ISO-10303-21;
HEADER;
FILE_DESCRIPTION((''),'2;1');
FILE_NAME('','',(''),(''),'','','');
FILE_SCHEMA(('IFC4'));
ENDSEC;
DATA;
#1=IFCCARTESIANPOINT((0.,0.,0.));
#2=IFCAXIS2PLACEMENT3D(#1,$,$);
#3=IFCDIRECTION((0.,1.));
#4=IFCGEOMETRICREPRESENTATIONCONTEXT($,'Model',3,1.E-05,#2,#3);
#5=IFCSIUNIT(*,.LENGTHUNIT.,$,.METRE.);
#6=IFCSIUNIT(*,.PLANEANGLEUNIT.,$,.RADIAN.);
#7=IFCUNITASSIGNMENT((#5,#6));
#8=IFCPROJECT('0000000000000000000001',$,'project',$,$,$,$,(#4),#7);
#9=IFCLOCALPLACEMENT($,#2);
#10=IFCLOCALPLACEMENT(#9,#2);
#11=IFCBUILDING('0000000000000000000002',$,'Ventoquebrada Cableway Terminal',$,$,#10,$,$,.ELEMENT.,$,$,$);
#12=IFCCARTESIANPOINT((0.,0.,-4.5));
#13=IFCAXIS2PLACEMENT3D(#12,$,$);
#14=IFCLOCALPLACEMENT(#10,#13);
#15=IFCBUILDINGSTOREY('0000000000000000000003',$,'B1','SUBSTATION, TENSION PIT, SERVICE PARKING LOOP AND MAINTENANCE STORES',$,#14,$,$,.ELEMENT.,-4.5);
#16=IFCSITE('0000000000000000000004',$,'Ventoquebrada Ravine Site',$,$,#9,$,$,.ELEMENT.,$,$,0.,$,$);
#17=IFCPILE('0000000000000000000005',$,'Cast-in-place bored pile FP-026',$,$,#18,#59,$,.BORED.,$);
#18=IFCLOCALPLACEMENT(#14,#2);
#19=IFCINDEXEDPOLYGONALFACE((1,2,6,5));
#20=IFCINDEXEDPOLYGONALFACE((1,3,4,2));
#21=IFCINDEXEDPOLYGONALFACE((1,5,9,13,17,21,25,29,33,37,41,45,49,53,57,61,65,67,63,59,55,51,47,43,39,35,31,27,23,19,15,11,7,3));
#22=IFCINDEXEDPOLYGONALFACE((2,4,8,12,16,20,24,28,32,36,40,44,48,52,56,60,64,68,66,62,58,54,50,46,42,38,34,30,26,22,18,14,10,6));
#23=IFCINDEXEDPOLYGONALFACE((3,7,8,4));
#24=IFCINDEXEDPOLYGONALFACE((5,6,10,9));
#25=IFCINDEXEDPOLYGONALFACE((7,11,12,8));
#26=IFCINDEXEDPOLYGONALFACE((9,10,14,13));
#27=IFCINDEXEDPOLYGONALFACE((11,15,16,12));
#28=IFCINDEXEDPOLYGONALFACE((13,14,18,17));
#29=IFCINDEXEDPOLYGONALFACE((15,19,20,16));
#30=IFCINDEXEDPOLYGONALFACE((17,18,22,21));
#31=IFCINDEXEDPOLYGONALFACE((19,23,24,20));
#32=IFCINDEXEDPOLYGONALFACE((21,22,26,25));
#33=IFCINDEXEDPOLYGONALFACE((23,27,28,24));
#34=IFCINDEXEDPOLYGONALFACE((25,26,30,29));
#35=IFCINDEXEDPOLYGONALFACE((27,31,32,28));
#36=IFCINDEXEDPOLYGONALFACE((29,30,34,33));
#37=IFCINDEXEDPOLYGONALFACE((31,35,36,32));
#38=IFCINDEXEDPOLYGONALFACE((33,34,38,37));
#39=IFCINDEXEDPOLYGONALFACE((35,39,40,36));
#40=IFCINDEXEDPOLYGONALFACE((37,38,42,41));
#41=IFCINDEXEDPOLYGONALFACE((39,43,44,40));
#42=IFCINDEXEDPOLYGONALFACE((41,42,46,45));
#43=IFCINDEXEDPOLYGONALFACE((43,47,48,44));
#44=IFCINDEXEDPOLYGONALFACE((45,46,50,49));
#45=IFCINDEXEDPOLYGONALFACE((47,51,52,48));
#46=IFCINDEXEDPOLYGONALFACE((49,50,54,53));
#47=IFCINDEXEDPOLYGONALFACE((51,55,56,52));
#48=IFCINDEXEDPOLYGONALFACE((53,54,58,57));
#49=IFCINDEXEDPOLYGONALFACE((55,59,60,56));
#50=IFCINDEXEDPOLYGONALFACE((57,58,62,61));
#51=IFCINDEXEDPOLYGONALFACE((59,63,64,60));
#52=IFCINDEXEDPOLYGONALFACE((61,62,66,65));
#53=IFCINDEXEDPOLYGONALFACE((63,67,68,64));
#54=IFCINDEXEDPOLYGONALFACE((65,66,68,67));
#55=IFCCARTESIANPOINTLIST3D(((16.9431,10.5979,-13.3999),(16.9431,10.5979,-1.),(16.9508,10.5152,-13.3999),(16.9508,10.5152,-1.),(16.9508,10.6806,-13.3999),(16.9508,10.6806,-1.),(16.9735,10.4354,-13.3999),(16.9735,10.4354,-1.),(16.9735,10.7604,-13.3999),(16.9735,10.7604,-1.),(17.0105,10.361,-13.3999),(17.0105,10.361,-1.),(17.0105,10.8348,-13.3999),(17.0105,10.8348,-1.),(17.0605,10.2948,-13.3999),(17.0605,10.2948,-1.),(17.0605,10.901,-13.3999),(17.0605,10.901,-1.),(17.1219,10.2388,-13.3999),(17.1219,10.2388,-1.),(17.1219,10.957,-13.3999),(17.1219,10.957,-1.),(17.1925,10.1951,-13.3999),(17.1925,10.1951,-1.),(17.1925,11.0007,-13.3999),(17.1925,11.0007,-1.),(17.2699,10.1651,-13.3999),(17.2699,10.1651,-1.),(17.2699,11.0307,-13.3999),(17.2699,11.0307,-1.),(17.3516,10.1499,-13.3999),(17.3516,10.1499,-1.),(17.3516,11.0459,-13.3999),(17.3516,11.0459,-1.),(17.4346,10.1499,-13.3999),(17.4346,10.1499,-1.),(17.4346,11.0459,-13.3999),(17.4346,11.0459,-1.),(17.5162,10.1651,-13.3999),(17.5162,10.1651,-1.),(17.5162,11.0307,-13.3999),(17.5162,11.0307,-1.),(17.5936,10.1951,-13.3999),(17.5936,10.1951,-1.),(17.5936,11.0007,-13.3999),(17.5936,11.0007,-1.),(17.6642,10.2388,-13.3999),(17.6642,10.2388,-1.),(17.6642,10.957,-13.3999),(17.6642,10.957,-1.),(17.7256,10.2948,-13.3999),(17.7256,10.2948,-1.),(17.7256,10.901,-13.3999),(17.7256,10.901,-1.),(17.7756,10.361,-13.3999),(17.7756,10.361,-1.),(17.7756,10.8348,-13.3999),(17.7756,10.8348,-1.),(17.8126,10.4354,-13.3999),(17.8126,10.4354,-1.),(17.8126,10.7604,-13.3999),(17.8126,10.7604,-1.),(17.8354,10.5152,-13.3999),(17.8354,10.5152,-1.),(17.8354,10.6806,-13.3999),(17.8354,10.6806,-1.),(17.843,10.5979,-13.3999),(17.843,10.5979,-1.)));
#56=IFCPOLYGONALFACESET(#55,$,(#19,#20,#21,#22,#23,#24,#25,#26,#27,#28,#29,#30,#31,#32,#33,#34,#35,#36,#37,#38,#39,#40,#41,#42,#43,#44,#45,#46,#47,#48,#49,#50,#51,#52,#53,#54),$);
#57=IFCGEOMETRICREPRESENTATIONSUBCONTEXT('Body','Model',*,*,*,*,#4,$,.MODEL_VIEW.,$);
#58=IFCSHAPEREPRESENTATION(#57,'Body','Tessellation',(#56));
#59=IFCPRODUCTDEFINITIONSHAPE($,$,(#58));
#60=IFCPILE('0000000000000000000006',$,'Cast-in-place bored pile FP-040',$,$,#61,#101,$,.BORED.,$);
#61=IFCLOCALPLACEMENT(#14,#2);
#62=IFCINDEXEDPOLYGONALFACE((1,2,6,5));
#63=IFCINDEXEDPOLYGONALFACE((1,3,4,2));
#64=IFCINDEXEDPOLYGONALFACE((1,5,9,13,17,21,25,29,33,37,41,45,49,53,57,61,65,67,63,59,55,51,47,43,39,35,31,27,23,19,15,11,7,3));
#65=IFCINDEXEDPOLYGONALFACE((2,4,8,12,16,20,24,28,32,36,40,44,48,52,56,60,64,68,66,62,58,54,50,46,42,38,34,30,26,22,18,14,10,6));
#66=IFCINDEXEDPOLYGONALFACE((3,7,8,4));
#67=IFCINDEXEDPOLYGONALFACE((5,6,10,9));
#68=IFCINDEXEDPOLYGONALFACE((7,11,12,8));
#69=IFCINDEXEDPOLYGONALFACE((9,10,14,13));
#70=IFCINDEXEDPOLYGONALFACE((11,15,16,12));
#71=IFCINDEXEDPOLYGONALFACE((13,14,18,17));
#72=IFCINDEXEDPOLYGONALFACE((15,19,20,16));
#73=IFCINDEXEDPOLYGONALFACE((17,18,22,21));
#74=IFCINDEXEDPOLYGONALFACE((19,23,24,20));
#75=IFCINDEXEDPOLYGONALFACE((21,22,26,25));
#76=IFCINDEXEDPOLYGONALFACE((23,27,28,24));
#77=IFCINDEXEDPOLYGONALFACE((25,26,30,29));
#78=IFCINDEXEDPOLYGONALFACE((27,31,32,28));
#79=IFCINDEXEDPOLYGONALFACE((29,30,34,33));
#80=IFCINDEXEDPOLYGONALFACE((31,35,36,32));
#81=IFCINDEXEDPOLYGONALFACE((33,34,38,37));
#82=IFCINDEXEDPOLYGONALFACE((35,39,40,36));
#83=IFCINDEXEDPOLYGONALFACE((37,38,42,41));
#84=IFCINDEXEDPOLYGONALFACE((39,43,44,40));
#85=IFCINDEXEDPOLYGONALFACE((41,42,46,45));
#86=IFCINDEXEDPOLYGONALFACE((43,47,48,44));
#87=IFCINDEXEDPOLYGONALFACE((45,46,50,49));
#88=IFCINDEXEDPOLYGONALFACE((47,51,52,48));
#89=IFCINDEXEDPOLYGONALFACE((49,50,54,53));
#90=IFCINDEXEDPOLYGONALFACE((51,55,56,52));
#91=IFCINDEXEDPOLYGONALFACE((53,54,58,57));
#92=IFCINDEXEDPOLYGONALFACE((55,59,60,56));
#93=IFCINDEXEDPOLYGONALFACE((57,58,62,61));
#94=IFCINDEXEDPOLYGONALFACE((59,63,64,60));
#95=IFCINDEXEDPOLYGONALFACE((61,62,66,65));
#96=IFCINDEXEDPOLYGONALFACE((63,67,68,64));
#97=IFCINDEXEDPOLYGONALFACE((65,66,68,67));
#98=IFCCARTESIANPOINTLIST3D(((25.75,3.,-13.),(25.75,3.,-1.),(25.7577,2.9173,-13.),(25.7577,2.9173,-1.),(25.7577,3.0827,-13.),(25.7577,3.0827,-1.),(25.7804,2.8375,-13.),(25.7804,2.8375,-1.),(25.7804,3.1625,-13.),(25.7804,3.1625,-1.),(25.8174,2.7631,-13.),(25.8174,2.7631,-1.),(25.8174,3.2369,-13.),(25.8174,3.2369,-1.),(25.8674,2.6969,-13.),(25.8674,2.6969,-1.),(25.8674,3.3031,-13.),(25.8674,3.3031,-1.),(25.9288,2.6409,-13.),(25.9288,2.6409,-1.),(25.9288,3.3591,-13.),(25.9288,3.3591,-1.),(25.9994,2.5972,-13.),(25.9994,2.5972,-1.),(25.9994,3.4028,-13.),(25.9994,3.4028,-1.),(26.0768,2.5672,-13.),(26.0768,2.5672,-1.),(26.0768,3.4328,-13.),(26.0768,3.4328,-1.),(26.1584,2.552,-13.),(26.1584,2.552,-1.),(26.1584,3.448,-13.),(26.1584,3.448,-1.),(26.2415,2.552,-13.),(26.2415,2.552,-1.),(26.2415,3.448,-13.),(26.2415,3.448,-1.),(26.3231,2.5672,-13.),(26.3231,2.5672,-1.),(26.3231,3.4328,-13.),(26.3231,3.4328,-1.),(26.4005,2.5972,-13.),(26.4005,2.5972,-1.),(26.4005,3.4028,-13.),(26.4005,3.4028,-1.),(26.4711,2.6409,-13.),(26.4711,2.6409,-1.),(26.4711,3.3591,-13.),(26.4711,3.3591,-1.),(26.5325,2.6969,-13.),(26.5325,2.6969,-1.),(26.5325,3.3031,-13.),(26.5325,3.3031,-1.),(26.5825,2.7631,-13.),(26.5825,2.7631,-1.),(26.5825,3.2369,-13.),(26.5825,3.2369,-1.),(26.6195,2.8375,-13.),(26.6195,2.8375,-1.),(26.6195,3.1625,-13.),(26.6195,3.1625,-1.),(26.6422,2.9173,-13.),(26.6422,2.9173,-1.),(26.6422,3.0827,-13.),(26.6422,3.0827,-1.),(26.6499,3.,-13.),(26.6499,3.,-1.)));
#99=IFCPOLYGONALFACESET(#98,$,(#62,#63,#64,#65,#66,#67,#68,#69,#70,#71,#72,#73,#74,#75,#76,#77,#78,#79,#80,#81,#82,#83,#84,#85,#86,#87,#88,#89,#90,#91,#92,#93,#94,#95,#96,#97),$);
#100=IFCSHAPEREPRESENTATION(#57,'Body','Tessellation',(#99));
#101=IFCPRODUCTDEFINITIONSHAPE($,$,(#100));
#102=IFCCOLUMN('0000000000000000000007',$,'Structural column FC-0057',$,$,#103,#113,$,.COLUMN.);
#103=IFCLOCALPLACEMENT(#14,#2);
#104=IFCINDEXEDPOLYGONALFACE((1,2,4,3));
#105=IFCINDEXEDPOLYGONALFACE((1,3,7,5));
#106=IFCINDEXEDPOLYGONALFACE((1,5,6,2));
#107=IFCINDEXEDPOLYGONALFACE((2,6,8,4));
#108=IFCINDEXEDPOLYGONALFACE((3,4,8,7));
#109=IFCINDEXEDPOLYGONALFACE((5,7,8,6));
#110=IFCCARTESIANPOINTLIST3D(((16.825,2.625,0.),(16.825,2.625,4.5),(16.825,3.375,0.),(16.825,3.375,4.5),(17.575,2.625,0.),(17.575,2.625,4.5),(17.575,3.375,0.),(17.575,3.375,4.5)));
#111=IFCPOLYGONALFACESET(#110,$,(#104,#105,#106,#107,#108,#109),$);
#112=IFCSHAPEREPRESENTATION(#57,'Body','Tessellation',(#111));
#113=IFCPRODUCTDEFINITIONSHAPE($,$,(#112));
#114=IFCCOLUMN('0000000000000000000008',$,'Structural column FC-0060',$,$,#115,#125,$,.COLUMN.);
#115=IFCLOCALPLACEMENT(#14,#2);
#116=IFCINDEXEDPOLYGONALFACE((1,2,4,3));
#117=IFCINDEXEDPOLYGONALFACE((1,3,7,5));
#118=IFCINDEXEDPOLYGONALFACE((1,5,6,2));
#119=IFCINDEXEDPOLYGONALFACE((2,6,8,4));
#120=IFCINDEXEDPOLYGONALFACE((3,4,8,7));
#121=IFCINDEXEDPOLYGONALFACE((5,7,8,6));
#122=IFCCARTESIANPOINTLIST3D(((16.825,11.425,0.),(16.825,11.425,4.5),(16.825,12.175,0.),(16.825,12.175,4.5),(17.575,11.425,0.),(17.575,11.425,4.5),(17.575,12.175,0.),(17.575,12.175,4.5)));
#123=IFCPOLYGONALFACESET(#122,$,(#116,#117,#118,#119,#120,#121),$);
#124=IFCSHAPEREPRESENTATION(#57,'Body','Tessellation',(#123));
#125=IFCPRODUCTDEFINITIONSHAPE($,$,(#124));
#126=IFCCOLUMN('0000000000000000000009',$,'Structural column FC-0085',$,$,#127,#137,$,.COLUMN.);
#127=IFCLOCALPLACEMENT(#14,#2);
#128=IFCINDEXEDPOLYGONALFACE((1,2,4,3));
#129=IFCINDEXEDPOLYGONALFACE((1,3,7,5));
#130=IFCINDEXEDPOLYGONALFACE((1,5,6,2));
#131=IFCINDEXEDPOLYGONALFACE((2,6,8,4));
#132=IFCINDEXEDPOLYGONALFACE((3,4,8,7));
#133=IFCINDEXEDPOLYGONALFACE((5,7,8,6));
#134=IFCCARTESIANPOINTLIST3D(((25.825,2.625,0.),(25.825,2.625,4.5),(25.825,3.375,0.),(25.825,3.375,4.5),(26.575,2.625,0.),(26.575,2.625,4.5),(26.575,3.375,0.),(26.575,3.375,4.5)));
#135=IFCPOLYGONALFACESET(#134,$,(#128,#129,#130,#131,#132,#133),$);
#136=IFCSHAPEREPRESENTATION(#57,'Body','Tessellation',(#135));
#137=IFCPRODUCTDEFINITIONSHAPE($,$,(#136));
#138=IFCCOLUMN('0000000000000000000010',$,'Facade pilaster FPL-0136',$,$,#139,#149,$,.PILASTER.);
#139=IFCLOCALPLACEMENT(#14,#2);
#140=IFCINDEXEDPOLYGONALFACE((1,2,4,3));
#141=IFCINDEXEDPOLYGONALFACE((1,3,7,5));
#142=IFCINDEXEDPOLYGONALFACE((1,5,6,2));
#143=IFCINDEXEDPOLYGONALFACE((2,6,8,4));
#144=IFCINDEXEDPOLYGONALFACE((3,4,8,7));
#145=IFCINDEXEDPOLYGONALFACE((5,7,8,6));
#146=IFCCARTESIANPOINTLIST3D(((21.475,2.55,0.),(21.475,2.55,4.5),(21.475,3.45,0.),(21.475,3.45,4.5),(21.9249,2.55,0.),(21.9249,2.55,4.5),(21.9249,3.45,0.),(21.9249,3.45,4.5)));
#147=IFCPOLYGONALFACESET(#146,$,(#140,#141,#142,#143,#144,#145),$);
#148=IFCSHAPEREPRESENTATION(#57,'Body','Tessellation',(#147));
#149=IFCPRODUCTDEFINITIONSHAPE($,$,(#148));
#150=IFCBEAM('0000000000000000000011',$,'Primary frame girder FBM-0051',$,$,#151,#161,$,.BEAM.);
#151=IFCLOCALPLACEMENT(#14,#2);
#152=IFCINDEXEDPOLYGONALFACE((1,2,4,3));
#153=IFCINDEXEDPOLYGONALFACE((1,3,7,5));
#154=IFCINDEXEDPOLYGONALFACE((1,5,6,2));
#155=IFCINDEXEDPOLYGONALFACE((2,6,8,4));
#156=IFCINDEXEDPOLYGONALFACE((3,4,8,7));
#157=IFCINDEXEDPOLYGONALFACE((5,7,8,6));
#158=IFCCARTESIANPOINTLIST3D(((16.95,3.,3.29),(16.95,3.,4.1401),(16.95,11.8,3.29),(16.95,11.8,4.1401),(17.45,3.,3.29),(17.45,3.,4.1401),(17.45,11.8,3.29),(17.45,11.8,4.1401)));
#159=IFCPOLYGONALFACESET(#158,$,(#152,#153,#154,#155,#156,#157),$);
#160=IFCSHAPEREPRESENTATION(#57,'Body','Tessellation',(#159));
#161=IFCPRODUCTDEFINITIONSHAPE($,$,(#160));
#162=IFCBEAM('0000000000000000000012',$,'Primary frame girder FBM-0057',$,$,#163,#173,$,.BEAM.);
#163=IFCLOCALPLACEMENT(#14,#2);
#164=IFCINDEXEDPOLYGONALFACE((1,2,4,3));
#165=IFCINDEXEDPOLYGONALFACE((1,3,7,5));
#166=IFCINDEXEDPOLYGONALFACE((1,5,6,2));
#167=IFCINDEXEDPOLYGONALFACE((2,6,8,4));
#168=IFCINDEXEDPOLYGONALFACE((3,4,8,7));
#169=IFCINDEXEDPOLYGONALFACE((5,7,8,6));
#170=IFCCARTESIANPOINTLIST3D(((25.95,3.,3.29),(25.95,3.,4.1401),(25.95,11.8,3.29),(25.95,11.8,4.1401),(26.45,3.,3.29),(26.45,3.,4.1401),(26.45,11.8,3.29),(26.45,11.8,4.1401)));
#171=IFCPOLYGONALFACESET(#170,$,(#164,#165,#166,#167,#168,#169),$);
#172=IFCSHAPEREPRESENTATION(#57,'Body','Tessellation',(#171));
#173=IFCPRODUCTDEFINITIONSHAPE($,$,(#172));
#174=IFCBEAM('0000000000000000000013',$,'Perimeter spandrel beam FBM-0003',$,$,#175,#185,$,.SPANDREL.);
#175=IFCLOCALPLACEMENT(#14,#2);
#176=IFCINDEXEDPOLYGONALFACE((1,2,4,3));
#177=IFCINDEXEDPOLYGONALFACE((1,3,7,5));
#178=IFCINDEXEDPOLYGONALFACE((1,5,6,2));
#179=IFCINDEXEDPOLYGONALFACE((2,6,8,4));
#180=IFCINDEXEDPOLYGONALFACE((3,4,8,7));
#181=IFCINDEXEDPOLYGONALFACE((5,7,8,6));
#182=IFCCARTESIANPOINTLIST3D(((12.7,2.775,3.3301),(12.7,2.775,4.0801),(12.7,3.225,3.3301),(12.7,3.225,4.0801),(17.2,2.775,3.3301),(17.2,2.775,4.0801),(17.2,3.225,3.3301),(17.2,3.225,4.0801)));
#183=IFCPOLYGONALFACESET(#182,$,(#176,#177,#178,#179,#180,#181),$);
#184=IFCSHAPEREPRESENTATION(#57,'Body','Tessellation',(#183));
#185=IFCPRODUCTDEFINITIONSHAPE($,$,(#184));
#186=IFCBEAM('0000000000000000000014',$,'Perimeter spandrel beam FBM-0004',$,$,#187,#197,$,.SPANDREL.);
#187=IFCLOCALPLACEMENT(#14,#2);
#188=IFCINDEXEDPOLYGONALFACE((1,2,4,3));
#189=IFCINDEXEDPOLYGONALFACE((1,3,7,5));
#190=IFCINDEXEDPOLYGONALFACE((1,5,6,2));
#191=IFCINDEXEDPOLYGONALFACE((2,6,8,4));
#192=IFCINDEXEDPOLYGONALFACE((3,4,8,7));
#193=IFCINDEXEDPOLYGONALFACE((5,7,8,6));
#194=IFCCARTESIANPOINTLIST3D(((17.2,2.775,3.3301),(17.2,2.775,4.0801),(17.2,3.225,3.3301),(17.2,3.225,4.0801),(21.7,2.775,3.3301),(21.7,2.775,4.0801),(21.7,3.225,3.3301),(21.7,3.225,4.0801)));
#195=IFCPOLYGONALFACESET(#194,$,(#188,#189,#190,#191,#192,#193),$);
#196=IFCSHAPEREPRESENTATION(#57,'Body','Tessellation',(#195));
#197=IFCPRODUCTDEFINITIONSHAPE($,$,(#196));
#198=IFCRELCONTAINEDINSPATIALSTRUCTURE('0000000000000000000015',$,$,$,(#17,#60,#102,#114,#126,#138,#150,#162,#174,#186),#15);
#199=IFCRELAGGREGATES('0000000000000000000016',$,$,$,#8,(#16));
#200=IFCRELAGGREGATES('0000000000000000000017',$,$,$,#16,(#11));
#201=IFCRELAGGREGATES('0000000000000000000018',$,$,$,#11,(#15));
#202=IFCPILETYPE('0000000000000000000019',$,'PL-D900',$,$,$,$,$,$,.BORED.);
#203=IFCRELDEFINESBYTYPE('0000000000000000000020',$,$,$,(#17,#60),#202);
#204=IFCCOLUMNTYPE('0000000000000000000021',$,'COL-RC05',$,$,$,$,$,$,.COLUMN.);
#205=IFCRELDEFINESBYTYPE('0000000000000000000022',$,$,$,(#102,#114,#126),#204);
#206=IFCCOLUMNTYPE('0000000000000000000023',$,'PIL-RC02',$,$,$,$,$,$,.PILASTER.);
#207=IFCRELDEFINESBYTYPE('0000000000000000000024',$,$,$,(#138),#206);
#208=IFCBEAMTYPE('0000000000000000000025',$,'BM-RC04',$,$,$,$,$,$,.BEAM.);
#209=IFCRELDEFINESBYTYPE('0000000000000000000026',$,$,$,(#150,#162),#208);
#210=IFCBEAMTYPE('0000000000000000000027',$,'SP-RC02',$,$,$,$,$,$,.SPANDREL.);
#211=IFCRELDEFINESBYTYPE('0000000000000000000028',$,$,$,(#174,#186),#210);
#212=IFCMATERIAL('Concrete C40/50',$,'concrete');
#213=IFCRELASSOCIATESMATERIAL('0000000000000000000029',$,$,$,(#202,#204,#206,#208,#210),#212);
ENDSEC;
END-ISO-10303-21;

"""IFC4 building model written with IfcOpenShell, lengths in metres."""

from ifc_helpers import new_model, si_unit, direction, frame, origin, origin_2d, place, context, subcontext, project, spatial, rectangle, circle, extrude, material, material_profile, profile_set, type_object, element, save


model = new_model("IFC4")

# Units and contexts
model_context = context("Model", 3, precision=1e-05, world=origin(), true_north=direction((0.0, 1.0)))
body_context = subcontext(model_context, "Body", "Model", "MODEL_VIEW")
ifc_project = project(units=[si_unit("LENGTHUNIT", "METRE"), si_unit("PLANEANGLEUNIT", "RADIAN")], contexts=[model_context])

# Site, building, storey
site_placement = place(None, origin())
site = spatial("IfcSite", under=ifc_project, at=site_placement, Name="Ventoquebrada Ravine Site", CompositionType="ELEMENT", RefElevation=0.0)
building_placement = place(site_placement, origin())
building = spatial("IfcBuilding", under=site, at=building_placement, Name="Ventoquebrada Cableway Terminal", CompositionType="ELEMENT")
storey_placement = place(building_placement, frame((0.0, 0.0, -4.5)))
storey = spatial("IfcBuildingStorey", under=building, at=storey_placement, Name="B1", Description="SUBSTATION, TENSION PIT, SERVICE PARKING LOOP AND MAINTENANCE STORES", CompositionType="ELEMENT", Elevation=-4.5)

# Shared definitions
ifc_material = material(Name="Concrete C40/50", Category="concrete")

# Piles
ifc_material_profile_1 = material_profile(ifc_material, circle(Radius=0.45, at=origin_2d()), Name="PILE-D900")
ifc_profile_set_1 = profile_set([ifc_material_profile_1], Name="Concrete C40/50")
pile_type = type_object("IfcPileType", Name="PL-D900", PredefinedType="BORED", material=ifc_profile_set_1)
for number, where, z_axis, x_axis, name in (
    (1, (17.3931, 10.5979, -1.0), (0.0, 0.0, -1.0), (1.0, 0.0, 0.0), "Cast-in-place bored pile FP-026"),
):
    element("IfcPile", number, at=place(storey_placement, frame(where, z_axis=z_axis, x_axis=x_axis)), inside=storey, type_object=pile_type, Name=name, PredefinedType="BORED", context=body_context, shape_type="SweptSolid", body=[
        extrude(circle(Radius=0.45, at=origin_2d()), origin(), (0.0, 0.0, 1.0), 12.3999),
    ])
pile_1_placement = place(storey_placement, frame((26.2, 3.0, -1.0), z_axis=(0.0, 0.0, -1.0), x_axis=(1.0, 0.0, 0.0)))
element("IfcPile", 2, at=pile_1_placement, inside=storey, type_object=pile_type, Name="Cast-in-place bored pile FP-040", PredefinedType="BORED", context=body_context, shape_type="SweptSolid", body=[
    extrude(circle(Radius=0.45, at=origin_2d()), origin(), (0.0, 0.0, 1.0), 12.0),
])

# Columns
ifc_material_profile_2 = material_profile(ifc_material, rectangle(XDim=0.75, YDim=0.75, at=origin_2d()), Name="RC-COL-750X750")
ifc_profile_set_2 = profile_set([ifc_material_profile_2], Name="Concrete C40/50")
column_type_1 = type_object("IfcColumnType", Name="COL-RC05", PredefinedType="COLUMN", material=ifc_profile_set_2)
for number, where, z_axis, x_axis, name in (
    (3, (17.2, 3.0, 0.0), (0.0, 0.0, 1.0), (1.0, 0.0, 0.0), "Structural column FC-0057"),
    (4, (17.2, 11.8, 0.0), (0.0, 0.0, 1.0), (1.0, 0.0, 0.0), "Structural column FC-0060"),
    (5, (26.2, 3.0, 0.0), (0.0, 0.0, 1.0), (1.0, 0.0, 0.0), "Structural column FC-0085"),
):
    element("IfcColumn", number, at=place(storey_placement, frame(where, z_axis=z_axis, x_axis=x_axis)), inside=storey, type_object=column_type_1, Name=name, PredefinedType="COLUMN", context=body_context, shape_type="SweptSolid", body=[
        extrude(rectangle(XDim=0.75, YDim=0.75, at=origin_2d()), origin(), (0.0, 0.0, 1.0), 4.5),
    ])
ifc_material_profile_3 = material_profile(ifc_material, rectangle(XDim=0.45, YDim=0.8999, at=origin_2d()), Name="RC-PIL-450X900")
ifc_profile_set_3 = profile_set([ifc_material_profile_3], Name="Concrete C40/50")
column_type_2 = type_object("IfcColumnType", Name="PIL-RC02", PredefinedType="PILASTER", material=ifc_profile_set_3)
column_placement = place(storey_placement, frame((21.7, 3.0, 0.0), z_axis=(0.0, 0.0, 1.0), x_axis=(1.0, 0.0, 0.0)))
element("IfcColumn", 6, at=column_placement, inside=storey, type_object=column_type_2, Name="Facade pilaster FPL-0136", PredefinedType="PILASTER", context=body_context, shape_type="SweptSolid", body=[
    extrude(rectangle(XDim=0.45, YDim=0.8999, at=origin_2d()), origin(), (0.0, 0.0, 1.0), 4.5),
])

# Beams
ifc_material_profile_4 = material_profile(ifc_material, rectangle(XDim=0.5, YDim=0.8501, at=origin_2d()), Name="RC-BM-500X850")
ifc_profile_set_4 = profile_set([ifc_material_profile_4], Name="Concrete C40/50")
beam_type_1 = type_object("IfcBeamType", Name="BM-RC04", PredefinedType="BEAM", material=ifc_profile_set_4)
for number, where, z_axis, x_axis, name in (
    (7, (17.2, 3.0, 3.7151), (0.0, 1.0, 0.0), (-1.0, 0.0, 0.0), "Primary frame girder FBM-0051"),
    (8, (26.2, 3.0, 3.7151), (0.0, 1.0, 0.0), (-1.0, 0.0, 0.0), "Primary frame girder FBM-0057"),
):
    element("IfcBeam", number, at=place(storey_placement, frame(where, z_axis=z_axis, x_axis=x_axis)), inside=storey, type_object=beam_type_1, Name=name, PredefinedType="BEAM", context=body_context, shape_type="SweptSolid", body=[
        extrude(rectangle(XDim=0.5, YDim=0.8501, at=origin_2d()), origin(), (0.0, 0.0, 1.0), 8.8),
    ])
ifc_material_profile_5 = material_profile(ifc_material, rectangle(XDim=0.45, YDim=0.75, at=origin_2d()), Name="RC-BM-450X750")
ifc_profile_set_5 = profile_set([ifc_material_profile_5], Name="Concrete C40/50")
beam_type_2 = type_object("IfcBeamType", Name="SP-RC02", PredefinedType="SPANDREL", material=ifc_profile_set_5)
for number, where, z_axis, x_axis, name in (
    (9, (12.7, 3.0, 3.7051), (1.0, 0.0, 0.0), (0.0, 1.0, 0.0), "Perimeter spandrel beam FBM-0003"),
    (10, (17.2, 3.0, 3.7051), (1.0, 0.0, 0.0), (0.0, 1.0, 0.0), "Perimeter spandrel beam FBM-0004"),
):
    element("IfcBeam", number, at=place(storey_placement, frame(where, z_axis=z_axis, x_axis=x_axis)), inside=storey, type_object=beam_type_2, Name=name, PredefinedType="SPANDREL", context=body_context, shape_type="SweptSolid", body=[
        extrude(rectangle(XDim=0.45, YDim=0.75, at=origin_2d()), origin(), (0.0, 0.0, 1.0), 4.5),
    ])

save(model, "model.ifc")
